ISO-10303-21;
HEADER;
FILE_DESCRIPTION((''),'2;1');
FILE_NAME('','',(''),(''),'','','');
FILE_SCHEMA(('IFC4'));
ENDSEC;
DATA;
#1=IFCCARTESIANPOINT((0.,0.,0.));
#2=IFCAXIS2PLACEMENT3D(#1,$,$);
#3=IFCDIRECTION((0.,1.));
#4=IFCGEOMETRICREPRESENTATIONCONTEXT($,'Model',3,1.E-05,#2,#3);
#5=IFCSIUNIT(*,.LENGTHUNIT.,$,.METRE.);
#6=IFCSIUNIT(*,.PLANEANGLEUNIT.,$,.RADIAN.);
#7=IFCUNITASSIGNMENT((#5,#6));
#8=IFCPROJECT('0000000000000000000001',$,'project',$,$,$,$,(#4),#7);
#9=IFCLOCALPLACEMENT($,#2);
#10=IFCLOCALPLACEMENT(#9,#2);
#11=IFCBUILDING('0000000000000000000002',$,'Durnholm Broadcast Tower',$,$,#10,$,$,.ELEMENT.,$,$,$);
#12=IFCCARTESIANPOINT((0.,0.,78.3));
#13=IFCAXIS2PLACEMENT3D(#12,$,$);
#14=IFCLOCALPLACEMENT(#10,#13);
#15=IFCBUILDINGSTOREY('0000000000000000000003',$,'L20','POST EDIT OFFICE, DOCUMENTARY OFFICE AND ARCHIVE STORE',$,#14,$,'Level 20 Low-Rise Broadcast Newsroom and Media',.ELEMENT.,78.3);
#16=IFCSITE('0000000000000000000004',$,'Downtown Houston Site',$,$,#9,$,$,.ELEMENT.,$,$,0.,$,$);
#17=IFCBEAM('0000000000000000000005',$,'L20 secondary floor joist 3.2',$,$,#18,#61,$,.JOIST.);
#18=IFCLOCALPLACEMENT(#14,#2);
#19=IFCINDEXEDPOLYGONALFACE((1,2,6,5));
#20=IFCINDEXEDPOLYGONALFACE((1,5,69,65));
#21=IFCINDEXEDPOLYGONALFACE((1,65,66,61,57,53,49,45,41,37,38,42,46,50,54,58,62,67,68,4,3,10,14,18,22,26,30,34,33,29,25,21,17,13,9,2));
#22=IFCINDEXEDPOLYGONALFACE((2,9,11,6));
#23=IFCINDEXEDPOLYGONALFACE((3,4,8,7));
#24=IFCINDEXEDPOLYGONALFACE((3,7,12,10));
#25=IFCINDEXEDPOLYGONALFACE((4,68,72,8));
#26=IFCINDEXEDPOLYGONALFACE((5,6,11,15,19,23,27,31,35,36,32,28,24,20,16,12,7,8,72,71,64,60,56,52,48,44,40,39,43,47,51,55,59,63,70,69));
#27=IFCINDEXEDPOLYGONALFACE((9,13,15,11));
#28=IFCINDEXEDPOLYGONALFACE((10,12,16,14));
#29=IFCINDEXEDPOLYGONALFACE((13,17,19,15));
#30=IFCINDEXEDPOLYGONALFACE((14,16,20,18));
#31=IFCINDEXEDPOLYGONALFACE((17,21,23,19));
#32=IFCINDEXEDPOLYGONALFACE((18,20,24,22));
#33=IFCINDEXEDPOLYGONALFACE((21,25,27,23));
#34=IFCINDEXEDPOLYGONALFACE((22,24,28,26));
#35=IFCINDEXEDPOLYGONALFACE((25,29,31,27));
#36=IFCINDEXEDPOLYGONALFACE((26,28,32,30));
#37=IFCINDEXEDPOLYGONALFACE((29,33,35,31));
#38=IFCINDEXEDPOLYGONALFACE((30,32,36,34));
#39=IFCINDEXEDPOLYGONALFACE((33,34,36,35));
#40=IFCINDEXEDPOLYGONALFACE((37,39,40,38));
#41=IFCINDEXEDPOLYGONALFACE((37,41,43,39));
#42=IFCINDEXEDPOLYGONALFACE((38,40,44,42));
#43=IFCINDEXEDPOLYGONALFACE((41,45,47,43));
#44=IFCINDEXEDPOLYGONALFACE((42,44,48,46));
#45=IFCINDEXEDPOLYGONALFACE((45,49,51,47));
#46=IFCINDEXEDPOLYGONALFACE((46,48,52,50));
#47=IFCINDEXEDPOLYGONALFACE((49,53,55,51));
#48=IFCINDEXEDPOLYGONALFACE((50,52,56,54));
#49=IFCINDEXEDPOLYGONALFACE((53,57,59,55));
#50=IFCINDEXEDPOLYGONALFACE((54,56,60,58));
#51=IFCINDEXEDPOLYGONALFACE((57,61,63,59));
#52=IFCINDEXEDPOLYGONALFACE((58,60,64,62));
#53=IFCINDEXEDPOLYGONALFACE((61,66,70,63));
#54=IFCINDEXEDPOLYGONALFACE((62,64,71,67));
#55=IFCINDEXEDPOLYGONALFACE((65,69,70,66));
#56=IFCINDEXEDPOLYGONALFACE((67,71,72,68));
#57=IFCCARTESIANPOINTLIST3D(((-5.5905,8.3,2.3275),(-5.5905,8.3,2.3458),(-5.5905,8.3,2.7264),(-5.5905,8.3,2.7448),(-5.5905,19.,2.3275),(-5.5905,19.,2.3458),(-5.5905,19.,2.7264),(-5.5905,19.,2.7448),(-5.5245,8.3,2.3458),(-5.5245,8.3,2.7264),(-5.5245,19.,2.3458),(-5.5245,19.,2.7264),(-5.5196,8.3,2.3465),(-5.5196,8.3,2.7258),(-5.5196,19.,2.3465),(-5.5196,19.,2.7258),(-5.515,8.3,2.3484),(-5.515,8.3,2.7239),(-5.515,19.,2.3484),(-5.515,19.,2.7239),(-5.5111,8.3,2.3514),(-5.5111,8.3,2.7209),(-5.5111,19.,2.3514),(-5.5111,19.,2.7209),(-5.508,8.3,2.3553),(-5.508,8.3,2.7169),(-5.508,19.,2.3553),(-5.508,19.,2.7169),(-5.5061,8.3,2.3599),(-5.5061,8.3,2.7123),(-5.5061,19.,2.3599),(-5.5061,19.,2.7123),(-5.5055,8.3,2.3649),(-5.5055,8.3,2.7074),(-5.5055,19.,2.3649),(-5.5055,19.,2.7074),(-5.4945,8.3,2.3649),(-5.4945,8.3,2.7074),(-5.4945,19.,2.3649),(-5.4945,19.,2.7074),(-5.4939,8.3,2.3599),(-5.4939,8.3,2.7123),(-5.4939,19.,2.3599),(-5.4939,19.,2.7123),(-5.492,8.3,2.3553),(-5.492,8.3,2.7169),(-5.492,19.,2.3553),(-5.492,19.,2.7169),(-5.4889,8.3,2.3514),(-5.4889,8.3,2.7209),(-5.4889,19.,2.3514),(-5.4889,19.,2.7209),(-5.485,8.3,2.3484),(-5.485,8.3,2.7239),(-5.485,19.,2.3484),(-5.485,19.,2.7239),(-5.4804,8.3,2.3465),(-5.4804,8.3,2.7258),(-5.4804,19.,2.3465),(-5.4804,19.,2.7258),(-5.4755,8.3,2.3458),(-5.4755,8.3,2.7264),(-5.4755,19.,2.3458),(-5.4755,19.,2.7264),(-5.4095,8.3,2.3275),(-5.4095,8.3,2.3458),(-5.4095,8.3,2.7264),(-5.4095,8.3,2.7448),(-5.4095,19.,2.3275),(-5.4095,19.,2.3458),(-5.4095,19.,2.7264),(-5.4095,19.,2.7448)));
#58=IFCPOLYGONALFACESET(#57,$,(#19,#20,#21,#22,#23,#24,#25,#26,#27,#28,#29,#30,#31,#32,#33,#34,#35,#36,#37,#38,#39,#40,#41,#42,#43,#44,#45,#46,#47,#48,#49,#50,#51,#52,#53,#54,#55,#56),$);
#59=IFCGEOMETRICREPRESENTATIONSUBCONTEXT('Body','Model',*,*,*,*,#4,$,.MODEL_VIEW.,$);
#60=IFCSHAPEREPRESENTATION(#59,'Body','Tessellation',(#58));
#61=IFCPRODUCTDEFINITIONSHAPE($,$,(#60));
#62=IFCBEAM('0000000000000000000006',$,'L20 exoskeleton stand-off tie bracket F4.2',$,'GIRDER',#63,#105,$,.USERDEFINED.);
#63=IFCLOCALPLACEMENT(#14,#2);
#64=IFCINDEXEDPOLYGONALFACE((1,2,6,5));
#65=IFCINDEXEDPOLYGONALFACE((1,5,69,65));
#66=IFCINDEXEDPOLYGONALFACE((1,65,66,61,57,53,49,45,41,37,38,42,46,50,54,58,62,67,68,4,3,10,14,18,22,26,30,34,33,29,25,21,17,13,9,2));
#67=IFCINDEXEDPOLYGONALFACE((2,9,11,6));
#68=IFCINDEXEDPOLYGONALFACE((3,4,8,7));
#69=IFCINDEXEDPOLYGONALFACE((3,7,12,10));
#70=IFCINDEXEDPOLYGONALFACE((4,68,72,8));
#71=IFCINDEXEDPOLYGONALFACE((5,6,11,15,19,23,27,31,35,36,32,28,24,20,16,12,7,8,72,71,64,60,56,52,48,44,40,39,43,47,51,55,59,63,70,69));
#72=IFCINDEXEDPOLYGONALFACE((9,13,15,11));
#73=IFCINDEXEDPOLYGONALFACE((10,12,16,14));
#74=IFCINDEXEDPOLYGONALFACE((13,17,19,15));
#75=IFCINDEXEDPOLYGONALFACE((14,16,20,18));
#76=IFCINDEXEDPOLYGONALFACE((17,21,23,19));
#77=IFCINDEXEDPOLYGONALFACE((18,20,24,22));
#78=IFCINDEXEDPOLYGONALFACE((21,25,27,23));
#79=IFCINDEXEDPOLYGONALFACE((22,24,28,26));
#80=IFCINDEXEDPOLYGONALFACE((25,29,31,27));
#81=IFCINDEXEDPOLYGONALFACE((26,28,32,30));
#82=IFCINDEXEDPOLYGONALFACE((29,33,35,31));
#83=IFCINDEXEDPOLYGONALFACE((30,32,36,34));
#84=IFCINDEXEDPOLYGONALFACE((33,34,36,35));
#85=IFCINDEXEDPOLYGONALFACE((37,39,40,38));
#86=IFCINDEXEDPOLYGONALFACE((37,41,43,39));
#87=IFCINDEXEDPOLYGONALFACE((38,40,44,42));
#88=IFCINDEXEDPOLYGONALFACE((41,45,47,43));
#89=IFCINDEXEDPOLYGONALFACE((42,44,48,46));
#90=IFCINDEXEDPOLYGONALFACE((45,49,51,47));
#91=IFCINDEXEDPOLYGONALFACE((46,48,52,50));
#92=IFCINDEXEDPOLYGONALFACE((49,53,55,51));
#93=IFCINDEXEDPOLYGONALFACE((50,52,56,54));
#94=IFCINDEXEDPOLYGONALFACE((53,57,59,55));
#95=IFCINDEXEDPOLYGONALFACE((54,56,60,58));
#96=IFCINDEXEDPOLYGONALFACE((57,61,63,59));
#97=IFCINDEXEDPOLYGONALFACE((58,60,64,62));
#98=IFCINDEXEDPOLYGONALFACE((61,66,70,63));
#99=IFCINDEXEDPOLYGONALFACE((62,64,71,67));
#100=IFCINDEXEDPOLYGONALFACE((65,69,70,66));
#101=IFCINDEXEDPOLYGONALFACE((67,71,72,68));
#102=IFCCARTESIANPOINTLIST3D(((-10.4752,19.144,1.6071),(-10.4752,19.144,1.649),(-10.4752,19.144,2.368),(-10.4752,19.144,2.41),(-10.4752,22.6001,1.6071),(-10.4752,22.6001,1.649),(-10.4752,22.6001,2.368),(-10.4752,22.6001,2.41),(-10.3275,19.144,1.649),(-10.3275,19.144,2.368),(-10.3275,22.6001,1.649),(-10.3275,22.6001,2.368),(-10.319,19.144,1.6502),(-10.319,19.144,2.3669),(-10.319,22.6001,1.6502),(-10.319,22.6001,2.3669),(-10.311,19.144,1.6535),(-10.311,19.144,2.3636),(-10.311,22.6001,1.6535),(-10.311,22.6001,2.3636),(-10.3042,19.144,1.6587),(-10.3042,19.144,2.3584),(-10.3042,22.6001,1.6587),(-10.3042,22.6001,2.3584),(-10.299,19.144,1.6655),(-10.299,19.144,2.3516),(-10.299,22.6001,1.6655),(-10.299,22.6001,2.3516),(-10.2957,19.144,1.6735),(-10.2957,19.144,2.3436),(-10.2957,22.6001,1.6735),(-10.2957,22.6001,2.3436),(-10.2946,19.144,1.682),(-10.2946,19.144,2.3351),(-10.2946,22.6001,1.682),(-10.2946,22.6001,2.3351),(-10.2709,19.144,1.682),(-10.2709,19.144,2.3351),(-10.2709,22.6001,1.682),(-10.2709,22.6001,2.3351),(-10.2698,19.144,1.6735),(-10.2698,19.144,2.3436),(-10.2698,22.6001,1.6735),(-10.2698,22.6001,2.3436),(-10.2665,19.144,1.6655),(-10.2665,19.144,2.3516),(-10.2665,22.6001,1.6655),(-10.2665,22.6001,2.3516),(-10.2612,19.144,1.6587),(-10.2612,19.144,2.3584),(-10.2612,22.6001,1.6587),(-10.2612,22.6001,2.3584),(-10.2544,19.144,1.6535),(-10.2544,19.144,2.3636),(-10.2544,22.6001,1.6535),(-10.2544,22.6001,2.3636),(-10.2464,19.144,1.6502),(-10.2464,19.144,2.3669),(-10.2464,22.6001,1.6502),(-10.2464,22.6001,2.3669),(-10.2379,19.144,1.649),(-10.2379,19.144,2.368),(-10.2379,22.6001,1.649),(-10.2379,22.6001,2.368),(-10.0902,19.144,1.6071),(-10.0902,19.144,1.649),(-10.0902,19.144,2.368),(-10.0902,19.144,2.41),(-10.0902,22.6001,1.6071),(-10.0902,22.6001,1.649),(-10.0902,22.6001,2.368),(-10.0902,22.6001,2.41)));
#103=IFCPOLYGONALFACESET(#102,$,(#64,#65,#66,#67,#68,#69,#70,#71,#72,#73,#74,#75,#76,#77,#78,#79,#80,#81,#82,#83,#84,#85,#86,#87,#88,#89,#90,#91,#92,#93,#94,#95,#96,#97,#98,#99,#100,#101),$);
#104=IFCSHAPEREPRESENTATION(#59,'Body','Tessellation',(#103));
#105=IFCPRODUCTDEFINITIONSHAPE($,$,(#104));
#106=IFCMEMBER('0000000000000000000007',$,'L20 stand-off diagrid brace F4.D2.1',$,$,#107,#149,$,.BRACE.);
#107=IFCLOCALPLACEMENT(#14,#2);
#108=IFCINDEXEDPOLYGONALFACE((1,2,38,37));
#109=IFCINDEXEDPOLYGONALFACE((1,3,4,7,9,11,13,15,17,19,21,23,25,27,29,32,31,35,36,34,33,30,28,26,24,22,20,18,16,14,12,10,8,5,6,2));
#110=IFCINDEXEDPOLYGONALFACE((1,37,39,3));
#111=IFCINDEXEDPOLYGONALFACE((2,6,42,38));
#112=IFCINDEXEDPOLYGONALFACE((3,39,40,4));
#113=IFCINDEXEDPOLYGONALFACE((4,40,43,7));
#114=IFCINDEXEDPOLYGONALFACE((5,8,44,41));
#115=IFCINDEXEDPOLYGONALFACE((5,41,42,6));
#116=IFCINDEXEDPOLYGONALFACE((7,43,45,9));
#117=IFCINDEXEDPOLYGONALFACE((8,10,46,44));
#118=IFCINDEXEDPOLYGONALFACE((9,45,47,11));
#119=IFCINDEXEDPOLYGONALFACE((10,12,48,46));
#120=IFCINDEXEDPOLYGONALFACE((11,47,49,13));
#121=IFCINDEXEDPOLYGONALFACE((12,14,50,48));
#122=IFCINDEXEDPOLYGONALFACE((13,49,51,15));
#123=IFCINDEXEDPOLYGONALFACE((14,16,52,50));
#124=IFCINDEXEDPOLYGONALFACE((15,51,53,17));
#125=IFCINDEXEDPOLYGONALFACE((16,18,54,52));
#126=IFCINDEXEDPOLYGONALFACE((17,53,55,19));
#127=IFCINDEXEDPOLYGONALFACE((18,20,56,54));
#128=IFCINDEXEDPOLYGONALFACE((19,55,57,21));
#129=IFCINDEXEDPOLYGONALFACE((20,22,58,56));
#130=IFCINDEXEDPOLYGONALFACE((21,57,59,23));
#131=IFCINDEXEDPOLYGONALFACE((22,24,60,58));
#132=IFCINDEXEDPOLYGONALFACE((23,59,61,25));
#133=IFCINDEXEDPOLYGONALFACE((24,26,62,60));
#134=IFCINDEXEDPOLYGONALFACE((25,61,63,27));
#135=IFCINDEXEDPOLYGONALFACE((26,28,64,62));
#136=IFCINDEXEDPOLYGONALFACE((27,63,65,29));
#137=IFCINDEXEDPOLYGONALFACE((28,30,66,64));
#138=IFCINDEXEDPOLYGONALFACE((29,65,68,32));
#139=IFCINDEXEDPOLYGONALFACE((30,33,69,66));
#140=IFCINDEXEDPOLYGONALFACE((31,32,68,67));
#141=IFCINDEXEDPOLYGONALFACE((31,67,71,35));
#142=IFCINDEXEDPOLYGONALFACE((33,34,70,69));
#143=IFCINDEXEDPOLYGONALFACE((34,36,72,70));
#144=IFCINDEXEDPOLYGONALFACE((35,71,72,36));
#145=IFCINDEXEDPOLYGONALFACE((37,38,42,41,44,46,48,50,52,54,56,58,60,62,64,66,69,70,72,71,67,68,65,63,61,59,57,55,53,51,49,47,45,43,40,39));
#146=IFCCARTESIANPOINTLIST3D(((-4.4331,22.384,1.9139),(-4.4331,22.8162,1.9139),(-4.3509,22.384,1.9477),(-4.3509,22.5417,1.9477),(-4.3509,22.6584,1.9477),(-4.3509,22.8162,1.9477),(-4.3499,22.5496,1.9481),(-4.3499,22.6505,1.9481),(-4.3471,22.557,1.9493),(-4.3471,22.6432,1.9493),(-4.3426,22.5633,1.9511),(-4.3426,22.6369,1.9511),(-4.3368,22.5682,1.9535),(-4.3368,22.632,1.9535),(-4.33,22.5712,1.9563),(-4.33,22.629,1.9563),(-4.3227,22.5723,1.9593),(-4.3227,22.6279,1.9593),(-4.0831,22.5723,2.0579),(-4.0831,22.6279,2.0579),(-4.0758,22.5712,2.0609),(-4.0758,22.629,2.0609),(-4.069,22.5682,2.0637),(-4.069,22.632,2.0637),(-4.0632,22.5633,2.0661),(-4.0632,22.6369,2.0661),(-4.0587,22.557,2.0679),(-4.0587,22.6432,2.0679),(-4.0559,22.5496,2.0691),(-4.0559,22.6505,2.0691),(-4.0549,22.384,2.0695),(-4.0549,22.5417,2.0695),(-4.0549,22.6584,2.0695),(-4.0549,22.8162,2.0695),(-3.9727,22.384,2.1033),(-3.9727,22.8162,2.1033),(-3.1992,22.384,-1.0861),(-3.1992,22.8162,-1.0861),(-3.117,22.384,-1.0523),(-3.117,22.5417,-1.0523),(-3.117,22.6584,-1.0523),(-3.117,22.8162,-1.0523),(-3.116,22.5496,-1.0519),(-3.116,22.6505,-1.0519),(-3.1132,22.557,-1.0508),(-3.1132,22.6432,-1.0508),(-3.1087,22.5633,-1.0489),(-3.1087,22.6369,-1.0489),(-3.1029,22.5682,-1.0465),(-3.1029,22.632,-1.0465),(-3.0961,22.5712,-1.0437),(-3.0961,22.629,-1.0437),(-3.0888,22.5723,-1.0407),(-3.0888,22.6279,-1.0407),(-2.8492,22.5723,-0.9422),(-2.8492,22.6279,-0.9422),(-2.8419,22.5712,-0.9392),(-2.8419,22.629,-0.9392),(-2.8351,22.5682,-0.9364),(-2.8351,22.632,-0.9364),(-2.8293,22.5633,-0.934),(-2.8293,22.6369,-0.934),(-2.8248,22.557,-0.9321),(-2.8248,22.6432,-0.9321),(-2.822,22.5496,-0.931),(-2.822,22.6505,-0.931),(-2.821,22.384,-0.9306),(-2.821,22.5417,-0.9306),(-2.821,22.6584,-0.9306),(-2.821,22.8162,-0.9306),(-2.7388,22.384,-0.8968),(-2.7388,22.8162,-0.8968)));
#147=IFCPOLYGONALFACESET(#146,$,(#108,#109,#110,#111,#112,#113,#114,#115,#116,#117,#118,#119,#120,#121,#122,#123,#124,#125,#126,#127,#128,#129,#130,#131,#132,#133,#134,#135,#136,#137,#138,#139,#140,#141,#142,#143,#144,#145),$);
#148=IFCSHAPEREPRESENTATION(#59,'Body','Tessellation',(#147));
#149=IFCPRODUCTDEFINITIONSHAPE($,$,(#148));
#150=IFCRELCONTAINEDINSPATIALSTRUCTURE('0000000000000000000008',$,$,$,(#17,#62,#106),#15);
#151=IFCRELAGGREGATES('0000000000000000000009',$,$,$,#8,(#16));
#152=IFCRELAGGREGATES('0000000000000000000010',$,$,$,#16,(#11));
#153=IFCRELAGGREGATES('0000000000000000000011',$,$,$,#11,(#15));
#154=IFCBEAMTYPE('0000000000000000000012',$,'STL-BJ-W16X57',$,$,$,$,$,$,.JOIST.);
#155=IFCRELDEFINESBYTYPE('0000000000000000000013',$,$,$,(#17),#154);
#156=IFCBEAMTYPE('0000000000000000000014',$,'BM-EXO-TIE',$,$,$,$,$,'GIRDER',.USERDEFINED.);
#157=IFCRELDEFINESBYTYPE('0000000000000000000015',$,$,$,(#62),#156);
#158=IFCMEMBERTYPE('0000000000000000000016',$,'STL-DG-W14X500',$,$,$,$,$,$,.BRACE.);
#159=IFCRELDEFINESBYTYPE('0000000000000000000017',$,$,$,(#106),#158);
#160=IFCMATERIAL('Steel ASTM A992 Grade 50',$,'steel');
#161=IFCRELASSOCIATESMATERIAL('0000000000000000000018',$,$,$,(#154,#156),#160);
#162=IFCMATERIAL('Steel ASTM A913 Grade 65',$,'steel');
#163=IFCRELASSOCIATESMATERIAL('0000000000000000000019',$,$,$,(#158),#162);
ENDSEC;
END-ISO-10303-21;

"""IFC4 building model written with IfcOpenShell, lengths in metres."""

from ifc_helpers import new_model, si_unit, direction, frame, origin, origin_2d, place, context, subcontext, project, spatial, i_section, extrude, source, transform, mapped, material, material_profile, profile_set, type_object, type_shapes, element, save


model = new_model("IFC4")

# Units and contexts
model_context = context("Model", 3, precision=1e-05, world=origin(), true_north=direction((0.0, 1.0)))
body_context = subcontext(model_context, "Body", "Model", "MODEL_VIEW")
ifc_project = project(units=[si_unit("LENGTHUNIT", "METRE"), si_unit("PLANEANGLEUNIT", "RADIAN")], contexts=[model_context])

# Site, building, storey
site_placement = place(None, origin())
site = spatial("IfcSite", under=ifc_project, at=site_placement, Name="Downtown Houston Site", CompositionType="ELEMENT", RefElevation=0.0)
building_placement = place(site_placement, origin())
building = spatial("IfcBuilding", under=site, at=building_placement, Name="Durnholm Broadcast Tower", CompositionType="ELEMENT")
storey_placement = place(building_placement, frame((0.0, 0.0, 78.3)))
storey = spatial("IfcBuildingStorey", under=building, at=storey_placement, Name="L20", Description="POST EDIT OFFICE, DOCUMENTARY OFFICE AND ARCHIVE STORE", LongName="Level 20 Low-Rise Broadcast Newsroom and Media", CompositionType="ELEMENT", Elevation=78.3)

# Beams
ifc_material_1 = material(Name="Steel ASTM A992 Grade 50", Category="steel")
ifc_material_profile_1 = material_profile(ifc_material_1, i_section(OverallWidth=0.1809, OverallDepth=0.4172, WebThickness=0.011, FlangeThickness=0.0183, FilletRadius=0.019, at=origin_2d()), Name="W16X57")
ifc_profile_set_1 = profile_set([ifc_material_profile_1], Name="Steel ASTM A992 Grade 50")
beam_type_1 = type_object("IfcBeamType", Name="STL-BJ-W16X57", PredefinedType="JOIST", material=ifc_profile_set_1)
shared_shape_1 = source(origin(), body_context, "Body", "SweptSolid", [
    extrude(i_section(OverallWidth=0.1809, OverallDepth=0.4172, WebThickness=0.011, FlangeThickness=0.0183, FilletRadius=0.019, at=origin_2d()), origin(), (0.0, 0.0, 1.0), 10.7),
])
type_shapes(beam_type_1, [shared_shape_1])
beam_1_placement = place(storey_placement, frame((-5.5, 8.3, 2.5361), z_axis=(0.0, 1.0, 0.0), x_axis=(-1.0, 0.0, 0.0)))
element("IfcBeam", 1, at=beam_1_placement, inside=storey, type_object=beam_type_1, Name="L20 secondary floor joist 3.2", PredefinedType="JOIST", context=body_context, shape_type="MappedRepresentation", body=[
    mapped(shared_shape_1, transform((0.0, 0.0, 0.0), x_axis=(1.0, 0.0, 0.0), y_axis=(0.0, 1.0, 0.0), z_axis=(0.0, 0.0, 1.0), scale=1.0)),
])
ifc_material_profile_2 = material_profile(ifc_material_1, i_section(OverallWidth=0.385, OverallDepth=0.803, WebThickness=0.0237, FlangeThickness=0.042, FilletRadius=0.033, at=origin_2d()), Name="W30X261")
ifc_profile_set_2 = profile_set([ifc_material_profile_2], Name="Steel ASTM A992 Grade 50")
beam_type_2 = type_object("IfcBeamType", Name="BM-EXO-TIE", ElementType="GIRDER", PredefinedType="USERDEFINED", material=ifc_profile_set_2)
shared_shape_2 = source(origin(), body_context, "Body", "SweptSolid", [
    extrude(i_section(OverallWidth=0.385, OverallDepth=0.803, WebThickness=0.0237, FlangeThickness=0.042, FilletRadius=0.033, at=origin_2d()), origin(), (0.0, 0.0, 1.0), 3.4561),
])
type_shapes(beam_type_2, [shared_shape_2])
beam_2_placement = place(storey_placement, frame((-10.2827, 19.144, 2.0085), z_axis=(0.0, 1.0, 0.0), x_axis=(-1.0, 0.0, 0.0)))
element("IfcBeam", 2, at=beam_2_placement, inside=storey, type_object=beam_type_2, Name="L20 exoskeleton stand-off tie bracket F4.2", ObjectType="GIRDER", PredefinedType="USERDEFINED", context=body_context, shape_type="MappedRepresentation", body=[
    mapped(shared_shape_2, transform((0.0, 0.0, 0.0), x_axis=(1.0, 0.0, 0.0), y_axis=(0.0, 1.0, 0.0), z_axis=(0.0, 0.0, 1.0), scale=1.0)),
])

# Member
ifc_material_2 = material(Name="Steel ASTM A913 Grade 65", Category="steel")
ifc_material_profile_3 = material_profile(ifc_material_2, i_section(OverallWidth=0.4321, OverallDepth=0.4978, WebThickness=0.0557, FlangeThickness=0.0889, FilletRadius=0.0305, at=origin_2d()), Name="W14X500")
ifc_profile_set_3 = profile_set([ifc_material_profile_3], Name="Steel ASTM A913 Grade 65")
member_type = type_object("IfcMemberType", Name="STL-DG-W14X500", PredefinedType="BRACE", material=ifc_profile_set_3)
shared_shape_3 = source(origin(), body_context, "Body", "SweptSolid", [
    extrude(i_section(OverallWidth=0.4321, OverallDepth=0.4978, WebThickness=0.0557, FlangeThickness=0.0889, FilletRadius=0.0305, at=origin_2d()), origin(), (0.0, 0.0, 1.0), 3.2439),
])
type_shapes(member_type, [shared_shape_3])
for number, where, z_axis, x_axis, name in (
    (3, (-2.969, 22.6001, -0.9915), (-0.380379, 0.0, 0.924831), (0.0, -1.0, 0.0), "L20 stand-off diagrid brace F4.D2.1"),
):
    element("IfcMember", number, at=place(storey_placement, frame(where, z_axis=z_axis, x_axis=x_axis)), inside=storey, type_object=member_type, Name=name, PredefinedType="BRACE", context=body_context, shape_type="MappedRepresentation", body=[
        mapped(shared_shape_3, transform((0.0, 0.0, 0.0), x_axis=(1.0, 0.0, 0.0), y_axis=(0.0, 1.0, 0.0), z_axis=(0.0, 0.0, 1.0), scale=1.0)),
    ])

save(model, "model.ifc")
